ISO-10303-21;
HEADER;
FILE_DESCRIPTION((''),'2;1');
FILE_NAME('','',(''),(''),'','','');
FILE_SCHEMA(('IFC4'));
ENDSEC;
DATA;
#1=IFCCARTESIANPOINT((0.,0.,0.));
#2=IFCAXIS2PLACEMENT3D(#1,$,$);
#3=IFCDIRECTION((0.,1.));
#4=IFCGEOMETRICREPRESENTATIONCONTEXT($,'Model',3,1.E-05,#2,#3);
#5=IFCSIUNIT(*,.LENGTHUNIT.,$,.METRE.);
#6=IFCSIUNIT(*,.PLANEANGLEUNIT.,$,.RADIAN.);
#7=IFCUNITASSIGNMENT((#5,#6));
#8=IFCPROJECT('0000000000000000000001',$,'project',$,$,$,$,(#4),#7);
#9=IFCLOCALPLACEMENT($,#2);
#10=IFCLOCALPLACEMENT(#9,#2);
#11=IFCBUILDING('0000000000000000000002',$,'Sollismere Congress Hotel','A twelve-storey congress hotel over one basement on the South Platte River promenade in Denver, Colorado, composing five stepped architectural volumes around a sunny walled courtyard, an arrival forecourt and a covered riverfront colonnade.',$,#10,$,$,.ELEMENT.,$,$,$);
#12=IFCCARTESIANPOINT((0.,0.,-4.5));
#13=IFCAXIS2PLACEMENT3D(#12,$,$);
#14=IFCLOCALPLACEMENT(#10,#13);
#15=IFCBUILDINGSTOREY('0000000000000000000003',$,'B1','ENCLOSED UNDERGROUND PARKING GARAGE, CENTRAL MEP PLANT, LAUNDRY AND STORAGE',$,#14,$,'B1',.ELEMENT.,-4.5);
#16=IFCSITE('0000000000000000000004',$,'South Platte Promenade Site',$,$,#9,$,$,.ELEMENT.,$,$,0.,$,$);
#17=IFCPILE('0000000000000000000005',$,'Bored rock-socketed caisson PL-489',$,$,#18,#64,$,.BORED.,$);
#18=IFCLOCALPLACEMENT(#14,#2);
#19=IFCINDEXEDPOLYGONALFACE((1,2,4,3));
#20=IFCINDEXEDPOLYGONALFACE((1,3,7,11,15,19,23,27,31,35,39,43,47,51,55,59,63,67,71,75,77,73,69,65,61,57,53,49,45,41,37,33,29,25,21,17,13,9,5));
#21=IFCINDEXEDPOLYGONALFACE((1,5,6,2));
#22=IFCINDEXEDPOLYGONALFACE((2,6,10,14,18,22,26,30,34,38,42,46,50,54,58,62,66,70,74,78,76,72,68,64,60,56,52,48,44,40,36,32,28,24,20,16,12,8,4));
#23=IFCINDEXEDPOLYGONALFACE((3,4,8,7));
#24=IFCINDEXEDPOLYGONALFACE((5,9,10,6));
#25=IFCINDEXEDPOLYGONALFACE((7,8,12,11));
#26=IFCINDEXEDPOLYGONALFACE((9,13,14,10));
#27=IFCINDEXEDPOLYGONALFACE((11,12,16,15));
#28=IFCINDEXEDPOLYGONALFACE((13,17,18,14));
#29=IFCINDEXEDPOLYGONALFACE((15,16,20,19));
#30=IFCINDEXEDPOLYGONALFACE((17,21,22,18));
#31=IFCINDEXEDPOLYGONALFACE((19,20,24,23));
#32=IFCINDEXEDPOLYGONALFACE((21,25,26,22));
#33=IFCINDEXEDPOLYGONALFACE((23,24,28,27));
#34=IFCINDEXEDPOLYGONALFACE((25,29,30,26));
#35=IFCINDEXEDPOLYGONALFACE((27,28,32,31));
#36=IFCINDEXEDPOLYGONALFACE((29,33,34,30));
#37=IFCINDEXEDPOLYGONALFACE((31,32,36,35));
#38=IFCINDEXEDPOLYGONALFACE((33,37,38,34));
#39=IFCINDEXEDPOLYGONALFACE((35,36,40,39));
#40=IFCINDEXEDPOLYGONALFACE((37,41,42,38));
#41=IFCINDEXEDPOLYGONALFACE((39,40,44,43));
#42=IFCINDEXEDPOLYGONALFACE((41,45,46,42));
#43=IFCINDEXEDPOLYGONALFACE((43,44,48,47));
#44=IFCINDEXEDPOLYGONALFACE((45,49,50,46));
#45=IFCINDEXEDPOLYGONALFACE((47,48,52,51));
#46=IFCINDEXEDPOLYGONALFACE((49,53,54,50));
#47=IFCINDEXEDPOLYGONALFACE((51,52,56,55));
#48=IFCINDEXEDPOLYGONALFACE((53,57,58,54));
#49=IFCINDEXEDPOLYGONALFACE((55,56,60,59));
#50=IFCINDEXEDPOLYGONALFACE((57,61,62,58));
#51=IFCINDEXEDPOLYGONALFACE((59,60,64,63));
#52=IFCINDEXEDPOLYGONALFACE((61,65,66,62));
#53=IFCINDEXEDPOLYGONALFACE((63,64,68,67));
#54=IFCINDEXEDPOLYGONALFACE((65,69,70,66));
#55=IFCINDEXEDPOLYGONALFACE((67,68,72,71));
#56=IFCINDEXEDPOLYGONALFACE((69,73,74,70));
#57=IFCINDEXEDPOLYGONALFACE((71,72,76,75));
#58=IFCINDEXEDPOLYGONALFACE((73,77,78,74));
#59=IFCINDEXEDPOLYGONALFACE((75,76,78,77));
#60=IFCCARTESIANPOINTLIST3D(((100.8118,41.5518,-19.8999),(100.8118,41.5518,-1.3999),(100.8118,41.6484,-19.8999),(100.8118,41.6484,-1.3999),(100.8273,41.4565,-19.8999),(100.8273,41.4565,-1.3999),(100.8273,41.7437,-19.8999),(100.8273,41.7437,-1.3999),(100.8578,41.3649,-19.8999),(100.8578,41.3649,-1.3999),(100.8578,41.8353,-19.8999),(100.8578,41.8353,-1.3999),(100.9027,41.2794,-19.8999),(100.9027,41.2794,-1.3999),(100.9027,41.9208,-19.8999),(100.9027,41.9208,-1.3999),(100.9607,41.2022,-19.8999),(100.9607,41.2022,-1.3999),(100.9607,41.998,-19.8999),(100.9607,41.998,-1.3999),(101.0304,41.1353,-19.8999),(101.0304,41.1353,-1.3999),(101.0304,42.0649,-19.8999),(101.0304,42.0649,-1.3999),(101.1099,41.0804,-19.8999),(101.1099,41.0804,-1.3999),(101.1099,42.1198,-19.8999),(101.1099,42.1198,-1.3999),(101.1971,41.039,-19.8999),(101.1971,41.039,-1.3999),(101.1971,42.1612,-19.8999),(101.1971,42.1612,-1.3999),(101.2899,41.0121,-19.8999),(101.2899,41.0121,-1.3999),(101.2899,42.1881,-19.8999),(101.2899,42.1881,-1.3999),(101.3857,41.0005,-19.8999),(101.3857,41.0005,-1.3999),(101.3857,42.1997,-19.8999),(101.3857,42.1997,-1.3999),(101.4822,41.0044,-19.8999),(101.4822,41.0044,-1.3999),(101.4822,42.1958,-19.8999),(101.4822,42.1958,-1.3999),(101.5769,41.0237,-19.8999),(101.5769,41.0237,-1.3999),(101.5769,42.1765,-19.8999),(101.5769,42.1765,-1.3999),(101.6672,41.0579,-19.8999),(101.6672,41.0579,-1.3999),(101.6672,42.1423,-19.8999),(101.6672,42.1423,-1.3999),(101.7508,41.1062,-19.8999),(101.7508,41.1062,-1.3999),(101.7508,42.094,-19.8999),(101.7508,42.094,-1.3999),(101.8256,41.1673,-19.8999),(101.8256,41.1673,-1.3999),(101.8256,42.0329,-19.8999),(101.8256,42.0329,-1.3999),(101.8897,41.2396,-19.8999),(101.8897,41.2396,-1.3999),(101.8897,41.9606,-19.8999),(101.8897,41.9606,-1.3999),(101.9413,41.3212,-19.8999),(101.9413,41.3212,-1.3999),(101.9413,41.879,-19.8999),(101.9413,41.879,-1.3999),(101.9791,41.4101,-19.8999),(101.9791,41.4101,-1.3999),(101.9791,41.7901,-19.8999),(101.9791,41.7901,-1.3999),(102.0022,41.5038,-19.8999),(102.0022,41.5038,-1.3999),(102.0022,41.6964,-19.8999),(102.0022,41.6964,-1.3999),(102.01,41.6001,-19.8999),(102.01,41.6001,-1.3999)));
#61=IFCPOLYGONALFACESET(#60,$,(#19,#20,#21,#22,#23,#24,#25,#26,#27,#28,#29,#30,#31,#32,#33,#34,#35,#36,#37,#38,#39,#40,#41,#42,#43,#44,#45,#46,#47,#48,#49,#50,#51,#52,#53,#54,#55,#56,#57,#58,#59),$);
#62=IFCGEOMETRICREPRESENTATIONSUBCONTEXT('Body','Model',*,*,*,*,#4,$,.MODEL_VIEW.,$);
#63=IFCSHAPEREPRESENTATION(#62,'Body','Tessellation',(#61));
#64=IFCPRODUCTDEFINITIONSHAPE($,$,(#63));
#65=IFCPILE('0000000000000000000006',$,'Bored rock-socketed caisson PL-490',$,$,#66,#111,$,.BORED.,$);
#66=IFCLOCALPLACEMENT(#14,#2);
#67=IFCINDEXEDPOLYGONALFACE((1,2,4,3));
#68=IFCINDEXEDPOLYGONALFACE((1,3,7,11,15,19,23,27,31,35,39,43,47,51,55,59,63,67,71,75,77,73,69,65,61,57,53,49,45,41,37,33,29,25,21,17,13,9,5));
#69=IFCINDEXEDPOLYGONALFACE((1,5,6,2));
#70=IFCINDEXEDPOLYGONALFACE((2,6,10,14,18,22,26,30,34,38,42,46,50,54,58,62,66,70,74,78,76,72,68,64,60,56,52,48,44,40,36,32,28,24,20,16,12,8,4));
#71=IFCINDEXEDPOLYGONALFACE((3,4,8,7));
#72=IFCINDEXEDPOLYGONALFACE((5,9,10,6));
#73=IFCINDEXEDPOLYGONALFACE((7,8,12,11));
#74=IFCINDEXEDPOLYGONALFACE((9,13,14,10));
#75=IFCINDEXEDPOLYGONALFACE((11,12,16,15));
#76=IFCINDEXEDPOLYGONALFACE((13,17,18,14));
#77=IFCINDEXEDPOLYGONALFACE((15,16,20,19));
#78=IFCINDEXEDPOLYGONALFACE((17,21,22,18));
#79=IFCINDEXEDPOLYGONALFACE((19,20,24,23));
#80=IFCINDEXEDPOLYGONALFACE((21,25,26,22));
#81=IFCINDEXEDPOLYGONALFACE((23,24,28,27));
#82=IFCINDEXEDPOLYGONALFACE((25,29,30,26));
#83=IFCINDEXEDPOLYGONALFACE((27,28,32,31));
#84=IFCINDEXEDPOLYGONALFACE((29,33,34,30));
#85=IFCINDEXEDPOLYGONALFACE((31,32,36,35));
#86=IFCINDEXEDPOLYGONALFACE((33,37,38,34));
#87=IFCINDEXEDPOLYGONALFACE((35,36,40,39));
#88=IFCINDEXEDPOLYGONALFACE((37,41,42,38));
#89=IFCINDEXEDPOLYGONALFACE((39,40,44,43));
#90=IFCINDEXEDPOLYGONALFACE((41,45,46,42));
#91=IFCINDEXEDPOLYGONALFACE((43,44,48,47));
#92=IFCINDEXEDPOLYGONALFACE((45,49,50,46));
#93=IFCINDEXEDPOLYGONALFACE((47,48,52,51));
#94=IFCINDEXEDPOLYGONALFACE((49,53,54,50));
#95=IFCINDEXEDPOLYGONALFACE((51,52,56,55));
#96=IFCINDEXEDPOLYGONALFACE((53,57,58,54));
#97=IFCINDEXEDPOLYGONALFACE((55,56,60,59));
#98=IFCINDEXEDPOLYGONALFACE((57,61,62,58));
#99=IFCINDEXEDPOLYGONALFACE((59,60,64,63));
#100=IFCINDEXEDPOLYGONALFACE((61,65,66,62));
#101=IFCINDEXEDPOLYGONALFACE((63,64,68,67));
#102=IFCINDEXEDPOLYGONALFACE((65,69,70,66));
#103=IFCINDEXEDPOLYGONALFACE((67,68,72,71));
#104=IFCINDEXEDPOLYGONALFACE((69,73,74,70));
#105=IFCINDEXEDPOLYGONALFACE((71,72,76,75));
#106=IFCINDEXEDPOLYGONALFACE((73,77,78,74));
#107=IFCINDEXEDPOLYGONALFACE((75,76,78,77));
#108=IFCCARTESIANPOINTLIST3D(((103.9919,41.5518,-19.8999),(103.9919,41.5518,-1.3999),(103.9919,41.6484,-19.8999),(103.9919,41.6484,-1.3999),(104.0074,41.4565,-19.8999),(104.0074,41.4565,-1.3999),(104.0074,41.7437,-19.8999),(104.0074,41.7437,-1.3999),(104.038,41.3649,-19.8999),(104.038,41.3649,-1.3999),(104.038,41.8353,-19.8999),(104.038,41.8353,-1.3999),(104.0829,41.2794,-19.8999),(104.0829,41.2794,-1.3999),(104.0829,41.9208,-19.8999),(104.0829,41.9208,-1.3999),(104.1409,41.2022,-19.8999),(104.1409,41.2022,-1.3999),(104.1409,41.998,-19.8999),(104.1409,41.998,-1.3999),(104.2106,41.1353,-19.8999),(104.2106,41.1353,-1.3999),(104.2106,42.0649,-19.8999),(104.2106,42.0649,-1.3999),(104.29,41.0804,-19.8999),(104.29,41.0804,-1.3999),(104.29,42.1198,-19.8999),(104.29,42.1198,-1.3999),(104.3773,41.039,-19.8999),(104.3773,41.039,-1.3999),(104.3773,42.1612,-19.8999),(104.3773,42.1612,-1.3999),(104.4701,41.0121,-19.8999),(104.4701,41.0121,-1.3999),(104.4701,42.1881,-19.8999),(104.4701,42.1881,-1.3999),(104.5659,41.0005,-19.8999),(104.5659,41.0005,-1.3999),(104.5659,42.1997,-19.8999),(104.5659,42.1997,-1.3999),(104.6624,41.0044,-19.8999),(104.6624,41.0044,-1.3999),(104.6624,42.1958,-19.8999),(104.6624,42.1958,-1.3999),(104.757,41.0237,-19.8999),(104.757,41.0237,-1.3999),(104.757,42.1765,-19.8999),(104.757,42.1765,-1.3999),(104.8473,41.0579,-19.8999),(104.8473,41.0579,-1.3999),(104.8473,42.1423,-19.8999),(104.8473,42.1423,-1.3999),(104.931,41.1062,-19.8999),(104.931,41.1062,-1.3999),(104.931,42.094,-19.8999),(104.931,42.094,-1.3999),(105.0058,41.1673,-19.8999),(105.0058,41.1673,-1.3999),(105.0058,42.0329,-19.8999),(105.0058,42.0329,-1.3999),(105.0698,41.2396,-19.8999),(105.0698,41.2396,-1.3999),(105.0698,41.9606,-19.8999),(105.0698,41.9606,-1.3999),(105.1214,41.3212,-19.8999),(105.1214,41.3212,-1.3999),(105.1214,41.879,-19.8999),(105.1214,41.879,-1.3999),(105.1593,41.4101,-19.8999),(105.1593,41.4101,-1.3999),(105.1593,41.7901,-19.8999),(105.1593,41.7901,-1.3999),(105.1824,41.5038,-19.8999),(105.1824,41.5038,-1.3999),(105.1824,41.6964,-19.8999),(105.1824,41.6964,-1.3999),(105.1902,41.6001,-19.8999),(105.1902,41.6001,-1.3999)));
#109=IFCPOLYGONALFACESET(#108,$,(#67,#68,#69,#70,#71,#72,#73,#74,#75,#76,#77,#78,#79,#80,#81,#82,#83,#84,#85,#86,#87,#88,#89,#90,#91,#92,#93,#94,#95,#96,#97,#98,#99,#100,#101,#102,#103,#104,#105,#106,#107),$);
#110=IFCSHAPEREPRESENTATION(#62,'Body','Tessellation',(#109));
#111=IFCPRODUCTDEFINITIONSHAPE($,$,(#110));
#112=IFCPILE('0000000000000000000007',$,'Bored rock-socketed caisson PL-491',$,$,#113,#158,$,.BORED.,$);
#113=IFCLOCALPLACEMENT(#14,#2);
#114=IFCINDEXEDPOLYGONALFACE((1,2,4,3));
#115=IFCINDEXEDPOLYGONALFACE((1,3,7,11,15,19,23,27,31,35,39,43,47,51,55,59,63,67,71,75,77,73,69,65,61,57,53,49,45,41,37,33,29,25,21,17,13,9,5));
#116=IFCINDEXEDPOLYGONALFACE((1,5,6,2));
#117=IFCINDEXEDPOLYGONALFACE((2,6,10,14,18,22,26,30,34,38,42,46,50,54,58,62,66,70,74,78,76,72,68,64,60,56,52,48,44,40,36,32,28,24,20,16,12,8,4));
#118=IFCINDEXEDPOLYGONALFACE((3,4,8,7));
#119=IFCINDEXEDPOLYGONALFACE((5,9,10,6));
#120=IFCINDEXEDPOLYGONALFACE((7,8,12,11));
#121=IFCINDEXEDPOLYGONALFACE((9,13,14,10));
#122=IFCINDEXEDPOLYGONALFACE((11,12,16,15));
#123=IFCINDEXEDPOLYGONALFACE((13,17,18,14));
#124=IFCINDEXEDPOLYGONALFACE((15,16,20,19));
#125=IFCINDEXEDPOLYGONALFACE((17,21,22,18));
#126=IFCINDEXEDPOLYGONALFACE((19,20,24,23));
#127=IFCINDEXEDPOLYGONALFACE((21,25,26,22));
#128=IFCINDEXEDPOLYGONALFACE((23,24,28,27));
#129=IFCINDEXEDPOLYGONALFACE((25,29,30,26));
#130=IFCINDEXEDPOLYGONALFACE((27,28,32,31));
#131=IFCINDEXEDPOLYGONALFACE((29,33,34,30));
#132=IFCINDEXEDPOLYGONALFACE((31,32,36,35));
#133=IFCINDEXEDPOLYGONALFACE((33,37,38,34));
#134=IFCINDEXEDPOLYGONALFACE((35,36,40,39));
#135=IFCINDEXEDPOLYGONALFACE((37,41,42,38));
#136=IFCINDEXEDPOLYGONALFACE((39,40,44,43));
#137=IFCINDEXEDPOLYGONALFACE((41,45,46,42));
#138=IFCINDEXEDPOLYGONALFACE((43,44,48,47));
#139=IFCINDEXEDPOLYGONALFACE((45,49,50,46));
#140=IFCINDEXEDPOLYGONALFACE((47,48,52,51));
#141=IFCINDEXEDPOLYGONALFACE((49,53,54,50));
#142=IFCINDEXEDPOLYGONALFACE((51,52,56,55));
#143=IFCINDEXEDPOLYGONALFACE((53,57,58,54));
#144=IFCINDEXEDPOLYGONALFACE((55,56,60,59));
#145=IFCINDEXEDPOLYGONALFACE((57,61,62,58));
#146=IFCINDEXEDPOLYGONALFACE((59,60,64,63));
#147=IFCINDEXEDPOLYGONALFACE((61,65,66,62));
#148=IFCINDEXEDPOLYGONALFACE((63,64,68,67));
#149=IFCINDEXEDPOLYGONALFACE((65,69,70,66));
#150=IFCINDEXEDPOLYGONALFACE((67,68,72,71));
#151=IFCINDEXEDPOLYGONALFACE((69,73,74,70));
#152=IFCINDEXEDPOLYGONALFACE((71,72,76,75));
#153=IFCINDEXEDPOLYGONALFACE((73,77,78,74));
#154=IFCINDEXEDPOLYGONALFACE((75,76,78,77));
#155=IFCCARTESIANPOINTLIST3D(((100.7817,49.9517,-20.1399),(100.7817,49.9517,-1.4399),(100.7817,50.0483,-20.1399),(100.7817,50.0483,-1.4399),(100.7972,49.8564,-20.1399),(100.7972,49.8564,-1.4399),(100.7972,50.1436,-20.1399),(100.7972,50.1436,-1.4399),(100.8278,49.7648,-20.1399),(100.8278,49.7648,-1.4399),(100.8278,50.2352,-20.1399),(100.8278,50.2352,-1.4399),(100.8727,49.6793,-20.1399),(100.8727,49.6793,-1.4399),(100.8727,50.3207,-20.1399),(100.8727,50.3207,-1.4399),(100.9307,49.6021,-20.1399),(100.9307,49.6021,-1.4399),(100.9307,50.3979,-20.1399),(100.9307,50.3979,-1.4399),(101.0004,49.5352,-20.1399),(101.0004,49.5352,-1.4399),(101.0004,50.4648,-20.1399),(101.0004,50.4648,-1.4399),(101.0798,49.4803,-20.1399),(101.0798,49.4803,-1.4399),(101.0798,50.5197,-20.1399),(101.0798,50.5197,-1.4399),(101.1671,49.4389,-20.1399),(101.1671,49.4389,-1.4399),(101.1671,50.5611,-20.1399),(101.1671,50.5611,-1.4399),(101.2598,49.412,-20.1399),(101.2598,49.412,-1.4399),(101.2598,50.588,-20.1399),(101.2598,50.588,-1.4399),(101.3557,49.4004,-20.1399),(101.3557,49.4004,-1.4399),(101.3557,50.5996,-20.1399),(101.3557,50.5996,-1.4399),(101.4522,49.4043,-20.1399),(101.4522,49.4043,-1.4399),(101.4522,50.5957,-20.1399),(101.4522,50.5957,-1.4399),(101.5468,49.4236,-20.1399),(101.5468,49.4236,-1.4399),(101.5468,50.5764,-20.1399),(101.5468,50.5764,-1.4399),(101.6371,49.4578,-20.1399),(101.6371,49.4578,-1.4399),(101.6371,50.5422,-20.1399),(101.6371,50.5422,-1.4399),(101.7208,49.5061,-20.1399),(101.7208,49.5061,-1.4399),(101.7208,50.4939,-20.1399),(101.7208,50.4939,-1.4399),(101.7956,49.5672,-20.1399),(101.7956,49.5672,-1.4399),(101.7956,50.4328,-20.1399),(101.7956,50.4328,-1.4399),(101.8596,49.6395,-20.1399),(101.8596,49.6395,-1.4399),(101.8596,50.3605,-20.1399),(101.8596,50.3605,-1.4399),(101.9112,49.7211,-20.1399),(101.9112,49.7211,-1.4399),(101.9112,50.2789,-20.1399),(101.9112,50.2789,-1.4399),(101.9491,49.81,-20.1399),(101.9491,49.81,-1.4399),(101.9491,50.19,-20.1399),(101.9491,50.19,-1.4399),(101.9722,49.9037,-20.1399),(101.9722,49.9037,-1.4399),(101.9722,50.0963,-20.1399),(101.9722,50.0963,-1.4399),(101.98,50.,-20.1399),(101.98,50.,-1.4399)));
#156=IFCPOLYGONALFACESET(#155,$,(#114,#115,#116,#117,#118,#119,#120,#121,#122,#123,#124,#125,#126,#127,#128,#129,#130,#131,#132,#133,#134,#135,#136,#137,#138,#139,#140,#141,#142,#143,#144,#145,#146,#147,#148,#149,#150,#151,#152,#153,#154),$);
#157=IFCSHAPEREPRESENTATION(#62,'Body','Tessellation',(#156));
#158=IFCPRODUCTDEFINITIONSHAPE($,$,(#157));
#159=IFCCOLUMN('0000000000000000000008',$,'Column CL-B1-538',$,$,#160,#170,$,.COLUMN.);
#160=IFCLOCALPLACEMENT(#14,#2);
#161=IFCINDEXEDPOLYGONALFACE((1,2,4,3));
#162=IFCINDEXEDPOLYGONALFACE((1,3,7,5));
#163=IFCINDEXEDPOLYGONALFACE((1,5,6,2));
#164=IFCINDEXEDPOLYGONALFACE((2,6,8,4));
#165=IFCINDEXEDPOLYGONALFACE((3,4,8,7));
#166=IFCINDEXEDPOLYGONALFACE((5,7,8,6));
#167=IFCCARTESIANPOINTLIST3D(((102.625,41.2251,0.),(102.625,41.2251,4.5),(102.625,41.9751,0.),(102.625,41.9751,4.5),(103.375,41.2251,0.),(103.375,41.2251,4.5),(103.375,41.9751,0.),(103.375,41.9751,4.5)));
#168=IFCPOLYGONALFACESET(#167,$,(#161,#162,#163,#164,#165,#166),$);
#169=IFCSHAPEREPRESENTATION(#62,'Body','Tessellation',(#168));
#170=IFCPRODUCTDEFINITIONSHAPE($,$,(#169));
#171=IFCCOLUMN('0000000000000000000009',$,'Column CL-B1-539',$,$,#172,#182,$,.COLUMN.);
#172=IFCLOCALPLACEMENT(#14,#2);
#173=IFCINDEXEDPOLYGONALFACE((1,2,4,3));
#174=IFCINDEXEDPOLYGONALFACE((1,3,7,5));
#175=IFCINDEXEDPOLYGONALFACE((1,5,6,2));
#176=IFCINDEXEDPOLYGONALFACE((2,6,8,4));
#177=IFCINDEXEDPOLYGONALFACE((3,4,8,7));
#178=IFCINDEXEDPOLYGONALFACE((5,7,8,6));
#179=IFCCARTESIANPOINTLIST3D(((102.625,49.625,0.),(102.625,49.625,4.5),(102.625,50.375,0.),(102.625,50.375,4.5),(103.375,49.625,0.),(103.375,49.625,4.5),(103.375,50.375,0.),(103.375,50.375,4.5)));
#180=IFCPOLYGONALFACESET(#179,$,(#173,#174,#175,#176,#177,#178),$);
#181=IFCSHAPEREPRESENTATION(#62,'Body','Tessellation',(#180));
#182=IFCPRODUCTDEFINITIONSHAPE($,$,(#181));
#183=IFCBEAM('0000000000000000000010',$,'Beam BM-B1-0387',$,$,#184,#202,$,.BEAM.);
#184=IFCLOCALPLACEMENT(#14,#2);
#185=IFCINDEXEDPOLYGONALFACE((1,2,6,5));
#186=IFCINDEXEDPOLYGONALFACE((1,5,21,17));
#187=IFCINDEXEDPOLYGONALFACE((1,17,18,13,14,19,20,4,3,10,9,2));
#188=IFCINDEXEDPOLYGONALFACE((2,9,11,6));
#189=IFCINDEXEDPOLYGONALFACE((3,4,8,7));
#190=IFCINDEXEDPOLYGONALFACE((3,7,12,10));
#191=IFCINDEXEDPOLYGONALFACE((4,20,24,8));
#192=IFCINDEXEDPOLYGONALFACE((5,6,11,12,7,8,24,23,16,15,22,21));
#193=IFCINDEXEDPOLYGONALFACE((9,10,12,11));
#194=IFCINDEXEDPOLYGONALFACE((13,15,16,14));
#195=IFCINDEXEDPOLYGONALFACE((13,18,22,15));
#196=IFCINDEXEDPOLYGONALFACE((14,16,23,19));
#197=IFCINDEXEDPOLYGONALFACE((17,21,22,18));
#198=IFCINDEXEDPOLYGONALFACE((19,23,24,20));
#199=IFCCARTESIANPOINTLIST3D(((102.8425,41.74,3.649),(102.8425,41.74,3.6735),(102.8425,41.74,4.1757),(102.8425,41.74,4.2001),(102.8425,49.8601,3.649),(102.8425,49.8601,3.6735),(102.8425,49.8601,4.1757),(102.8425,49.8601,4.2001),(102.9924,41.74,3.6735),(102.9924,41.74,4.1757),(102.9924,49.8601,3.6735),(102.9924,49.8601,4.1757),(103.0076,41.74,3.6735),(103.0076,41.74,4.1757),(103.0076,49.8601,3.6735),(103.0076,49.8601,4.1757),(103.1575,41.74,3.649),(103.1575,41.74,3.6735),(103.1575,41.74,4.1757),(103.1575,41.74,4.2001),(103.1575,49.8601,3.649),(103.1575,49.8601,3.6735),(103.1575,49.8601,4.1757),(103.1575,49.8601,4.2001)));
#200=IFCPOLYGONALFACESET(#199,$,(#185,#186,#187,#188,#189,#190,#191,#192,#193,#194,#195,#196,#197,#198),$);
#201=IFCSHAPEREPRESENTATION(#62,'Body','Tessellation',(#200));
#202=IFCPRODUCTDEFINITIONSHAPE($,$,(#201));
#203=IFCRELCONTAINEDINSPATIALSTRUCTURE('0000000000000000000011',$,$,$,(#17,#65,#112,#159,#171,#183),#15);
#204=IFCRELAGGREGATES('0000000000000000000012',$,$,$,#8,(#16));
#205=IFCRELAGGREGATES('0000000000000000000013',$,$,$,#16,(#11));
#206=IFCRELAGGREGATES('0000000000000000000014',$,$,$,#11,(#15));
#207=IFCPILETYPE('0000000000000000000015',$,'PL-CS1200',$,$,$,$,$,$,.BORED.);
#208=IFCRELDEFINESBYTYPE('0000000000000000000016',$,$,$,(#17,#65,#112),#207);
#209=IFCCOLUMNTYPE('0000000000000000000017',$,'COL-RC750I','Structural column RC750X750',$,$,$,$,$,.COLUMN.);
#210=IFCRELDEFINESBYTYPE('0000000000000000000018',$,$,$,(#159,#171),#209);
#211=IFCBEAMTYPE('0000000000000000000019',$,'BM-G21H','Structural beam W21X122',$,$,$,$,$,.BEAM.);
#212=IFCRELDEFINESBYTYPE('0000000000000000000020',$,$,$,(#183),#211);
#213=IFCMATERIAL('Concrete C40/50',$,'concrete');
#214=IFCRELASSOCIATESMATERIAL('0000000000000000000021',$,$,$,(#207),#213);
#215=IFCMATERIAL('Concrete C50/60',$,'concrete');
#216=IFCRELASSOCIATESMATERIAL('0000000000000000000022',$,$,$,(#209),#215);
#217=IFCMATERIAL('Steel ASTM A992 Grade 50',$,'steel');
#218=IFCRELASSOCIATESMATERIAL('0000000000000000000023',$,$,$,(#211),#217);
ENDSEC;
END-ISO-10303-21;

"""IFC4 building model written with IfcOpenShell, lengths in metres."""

from ifc_helpers import new_model, si_unit, direction, frame, origin, origin_2d, place, context, subcontext, project, spatial, rectangle, circle, i_section, extrude, material, material_profile, profile_set, type_object, element, save


model = new_model("IFC4")

# Units and contexts
model_context = context("Model", 3, precision=1e-05, world=origin(), true_north=direction((0.0, 1.0)))
body_context = subcontext(model_context, "Body", "Model", "MODEL_VIEW")
ifc_project = project(units=[si_unit("LENGTHUNIT", "METRE"), si_unit("PLANEANGLEUNIT", "RADIAN")], contexts=[model_context])

# Site, building, storey
site_placement = place(None, origin())
site = spatial("IfcSite", under=ifc_project, at=site_placement, Name="South Platte Promenade Site", CompositionType="ELEMENT", RefElevation=0.0)
building_placement = place(site_placement, origin())
building = spatial("IfcBuilding", under=site, at=building_placement, Name="Sollismere Congress Hotel", Description="A twelve-storey congress hotel over one basement on the South Platte River promenade in Denver, Colorado, composing five stepped architectural volumes around a sunny walled courtyard, an arrival forecourt and a covered riverfront colonnade.", CompositionType="ELEMENT")
storey_placement = place(building_placement, frame((0.0, 0.0, -4.5)))
storey = spatial("IfcBuildingStorey", under=building, at=storey_placement, Name="B1", Description="ENCLOSED UNDERGROUND PARKING GARAGE, CENTRAL MEP PLANT, LAUNDRY AND STORAGE", LongName="B1", CompositionType="ELEMENT", Elevation=-4.5)

# Shared definitions
ifc_material_1 = material(Name="Concrete C40/50", Category="concrete")

# Piles
ifc_material_profile_1 = material_profile(ifc_material_1, circle(Radius=0.6001, at=origin_2d()), Name="CAISSON1200")
ifc_profile_set_1 = profile_set([ifc_material_profile_1], Name="Concrete C40/50")
pile_type = type_object("IfcPileType", Name="PL-CS1200", PredefinedType="BORED", material=ifc_profile_set_1)
for number, where, z_axis, x_axis, name in (
    (1, (101.4099, 41.6001, -1.3999), (0.0, 0.0, -1.0), (1.0, 0.0, 0.0), "Bored rock-socketed caisson PL-489"),
    (2, (104.5901, 41.6001, -1.3999), (0.0, 0.0, -1.0), (1.0, 0.0, 0.0), "Bored rock-socketed caisson PL-490"),
):
    element("IfcPile", number, at=place(storey_placement, frame(where, z_axis=z_axis, x_axis=x_axis)), inside=storey, type_object=pile_type, Name=name, PredefinedType="BORED", context=body_context, shape_type="SweptSolid", body=[
        extrude(circle(Radius=0.6001, at=origin_2d()), origin(), (0.0, 0.0, 1.0), 18.5),
    ])
pile_1_placement = place(storey_placement, frame((101.3799, 50.0, -1.4399), z_axis=(0.0, 0.0, -1.0), x_axis=(1.0, 0.0, 0.0)))
element("IfcPile", 3, at=pile_1_placement, inside=storey, type_object=pile_type, Name="Bored rock-socketed caisson PL-491", PredefinedType="BORED", context=body_context, shape_type="SweptSolid", body=[
    extrude(circle(Radius=0.6001, at=origin_2d()), origin(), (0.0, 0.0, 1.0), 18.7),
])

# Columns
ifc_material_2 = material(Name="Concrete C50/60", Category="concrete")
ifc_material_profile_2 = material_profile(ifc_material_2, rectangle(XDim=0.75, YDim=0.75, at=origin_2d()), Name="RC750X750")
ifc_profile_set_2 = profile_set([ifc_material_profile_2], Name="Concrete C50/60")
column_type = type_object("IfcColumnType", Name="COL-RC750I", Description="Structural column RC750X750", PredefinedType="COLUMN", material=ifc_profile_set_2)
for number, where, z_axis, x_axis, name in (
    (4, (103.0, 41.6001, 0.0), (0.0, 0.0, 1.0), (1.0, 0.0, 0.0), "Column CL-B1-538"),
    (5, (103.0, 50.0, 0.0), (0.0, 0.0, 1.0), (1.0, 0.0, 0.0), "Column CL-B1-539"),
):
    element("IfcColumn", number, at=place(storey_placement, frame(where, z_axis=z_axis, x_axis=x_axis)), inside=storey, type_object=column_type, Name=name, PredefinedType="COLUMN", context=body_context, shape_type="SweptSolid", body=[
        extrude(rectangle(XDim=0.75, YDim=0.75, at=origin_2d()), origin(), (0.0, 0.0, 1.0), 4.5),
    ])

# Beam
ifc_material_3 = material(Name="Steel ASTM A992 Grade 50", Category="steel")
ifc_material_profile_3 = material_profile(ifc_material_3, i_section(OverallWidth=0.3149, OverallDepth=0.551, WebThickness=0.0151, FlangeThickness=0.0244, at=origin_2d()), Name="W21X122")
ifc_profile_set_3 = profile_set([ifc_material_profile_3], Name="Steel ASTM A992 Grade 50")
beam_type_1 = type_object("IfcBeamType", Name="BM-G21H", Description="Structural beam W21X122", PredefinedType="BEAM", material=ifc_profile_set_3)
for number, where, z_axis, x_axis, name in (
    (6, (103.0, 41.74, 3.9246), (0.0, 1.0, 0.0), (-1.0, 0.0, 0.0), "Beam BM-B1-0387"),
):
    element("IfcBeam", number, at=place(storey_placement, frame(where, z_axis=z_axis, x_axis=x_axis)), inside=storey, type_object=beam_type_1, Name=name, PredefinedType="BEAM", context=body_context, shape_type="SweptSolid", body=[
        extrude(i_section(OverallWidth=0.3149, OverallDepth=0.551, WebThickness=0.0151, FlangeThickness=0.0244, at=origin_2d()), origin(), (0.0, 0.0, 1.0), 8.1201),
    ])

save(model, "model.ifc")
